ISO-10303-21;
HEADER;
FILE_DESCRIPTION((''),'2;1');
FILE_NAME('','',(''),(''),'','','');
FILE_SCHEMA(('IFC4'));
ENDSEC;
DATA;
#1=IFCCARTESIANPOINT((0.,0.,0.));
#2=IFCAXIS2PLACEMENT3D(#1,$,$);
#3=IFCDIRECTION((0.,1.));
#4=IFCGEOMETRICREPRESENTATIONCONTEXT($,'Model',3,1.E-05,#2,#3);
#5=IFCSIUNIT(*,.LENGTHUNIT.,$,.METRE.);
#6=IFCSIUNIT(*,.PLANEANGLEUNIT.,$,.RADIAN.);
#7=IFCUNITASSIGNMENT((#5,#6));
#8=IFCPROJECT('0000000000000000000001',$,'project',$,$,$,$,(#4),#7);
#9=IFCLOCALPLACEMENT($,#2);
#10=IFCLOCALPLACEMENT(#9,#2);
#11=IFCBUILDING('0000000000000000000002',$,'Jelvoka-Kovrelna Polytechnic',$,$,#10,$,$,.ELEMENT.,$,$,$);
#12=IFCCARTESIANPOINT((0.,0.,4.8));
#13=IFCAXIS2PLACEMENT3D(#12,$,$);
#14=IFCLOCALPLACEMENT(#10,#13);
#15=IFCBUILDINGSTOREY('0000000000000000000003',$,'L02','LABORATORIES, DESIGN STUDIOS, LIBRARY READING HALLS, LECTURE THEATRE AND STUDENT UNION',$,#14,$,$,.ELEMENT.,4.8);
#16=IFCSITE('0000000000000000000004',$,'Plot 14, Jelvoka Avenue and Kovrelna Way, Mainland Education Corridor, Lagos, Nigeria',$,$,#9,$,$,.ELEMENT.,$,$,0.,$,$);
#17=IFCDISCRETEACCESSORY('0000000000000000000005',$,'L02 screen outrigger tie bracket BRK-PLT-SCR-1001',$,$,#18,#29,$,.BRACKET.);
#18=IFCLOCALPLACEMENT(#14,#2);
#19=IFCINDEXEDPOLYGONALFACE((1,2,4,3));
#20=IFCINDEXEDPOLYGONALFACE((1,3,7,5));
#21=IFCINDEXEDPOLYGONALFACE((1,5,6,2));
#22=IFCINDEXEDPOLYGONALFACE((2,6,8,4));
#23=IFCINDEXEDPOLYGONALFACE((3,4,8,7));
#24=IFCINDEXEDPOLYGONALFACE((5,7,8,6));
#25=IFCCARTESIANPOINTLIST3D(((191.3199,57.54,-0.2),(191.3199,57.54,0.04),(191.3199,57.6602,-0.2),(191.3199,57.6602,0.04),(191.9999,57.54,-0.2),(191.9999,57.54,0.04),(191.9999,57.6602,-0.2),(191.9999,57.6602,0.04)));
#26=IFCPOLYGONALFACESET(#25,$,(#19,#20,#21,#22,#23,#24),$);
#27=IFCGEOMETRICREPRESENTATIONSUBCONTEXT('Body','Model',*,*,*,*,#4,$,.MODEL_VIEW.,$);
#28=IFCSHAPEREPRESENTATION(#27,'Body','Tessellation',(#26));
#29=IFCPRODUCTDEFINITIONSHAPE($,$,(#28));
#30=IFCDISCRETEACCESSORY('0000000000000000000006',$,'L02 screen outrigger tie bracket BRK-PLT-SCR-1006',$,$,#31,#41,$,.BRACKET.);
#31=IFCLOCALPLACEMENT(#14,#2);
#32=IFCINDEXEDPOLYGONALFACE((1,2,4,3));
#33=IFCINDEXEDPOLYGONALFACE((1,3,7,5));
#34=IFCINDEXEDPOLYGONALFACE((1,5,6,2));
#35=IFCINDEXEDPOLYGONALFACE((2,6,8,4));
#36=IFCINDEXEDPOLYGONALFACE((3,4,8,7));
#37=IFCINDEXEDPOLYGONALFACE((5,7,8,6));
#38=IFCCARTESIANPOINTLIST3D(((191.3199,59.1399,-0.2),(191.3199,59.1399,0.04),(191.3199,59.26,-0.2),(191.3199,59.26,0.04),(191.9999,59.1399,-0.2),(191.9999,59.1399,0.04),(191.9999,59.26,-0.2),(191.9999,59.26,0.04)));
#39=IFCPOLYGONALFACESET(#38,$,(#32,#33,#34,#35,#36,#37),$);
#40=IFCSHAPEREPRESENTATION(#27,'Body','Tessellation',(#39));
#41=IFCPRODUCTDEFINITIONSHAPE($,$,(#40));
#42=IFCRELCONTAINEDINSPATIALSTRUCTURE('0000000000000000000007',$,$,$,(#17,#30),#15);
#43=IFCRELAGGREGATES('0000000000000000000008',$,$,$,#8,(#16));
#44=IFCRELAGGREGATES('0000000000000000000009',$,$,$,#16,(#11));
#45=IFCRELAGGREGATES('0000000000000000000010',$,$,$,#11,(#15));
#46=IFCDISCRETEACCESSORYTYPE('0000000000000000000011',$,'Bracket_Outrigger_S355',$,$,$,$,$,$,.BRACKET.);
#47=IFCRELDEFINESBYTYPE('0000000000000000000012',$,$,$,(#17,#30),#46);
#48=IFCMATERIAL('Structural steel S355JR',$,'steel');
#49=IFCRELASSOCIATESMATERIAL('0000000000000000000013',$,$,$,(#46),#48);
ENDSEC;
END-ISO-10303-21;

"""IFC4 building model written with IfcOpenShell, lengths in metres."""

from ifc_helpers import new_model, si_unit, direction, frame, origin, origin_2d, place, context, subcontext, project, spatial, rectangle, extrude, material, type_object, element, save


model = new_model("IFC4")

# Units and contexts
model_context = context("Model", 3, precision=1e-05, world=origin(), true_north=direction((0.0, 1.0)))
body_context = subcontext(model_context, "Body", "Model", "MODEL_VIEW")
ifc_project = project(units=[si_unit("LENGTHUNIT", "METRE"), si_unit("PLANEANGLEUNIT", "RADIAN")], contexts=[model_context])

# Site, building, storey
site_placement = place(None, origin())
site = spatial("IfcSite", under=ifc_project, at=site_placement, Name="Plot 14, Jelvoka Avenue and Kovrelna Way, Mainland Education Corridor, Lagos, Nigeria", CompositionType="ELEMENT", RefElevation=0.0)
building_placement = place(site_placement, origin())
building = spatial("IfcBuilding", under=site, at=building_placement, Name="Jelvoka-Kovrelna Polytechnic", CompositionType="ELEMENT")
storey_placement = place(building_placement, frame((0.0, 0.0, 4.8)))
storey = spatial("IfcBuildingStorey", under=building, at=storey_placement, Name="L02", Description="LABORATORIES, DESIGN STUDIOS, LIBRARY READING HALLS, LECTURE THEATRE AND STUDENT UNION", CompositionType="ELEMENT", Elevation=4.8)

# Discrete accessories
ifc_material_1 = material(Name="Structural steel S355JR", Category="steel")
discrete_accessory_type = type_object("IfcDiscreteAccessoryType", Name="Bracket_Outrigger_S355", PredefinedType="BRACKET", material=ifc_material_1)
for number, where, z_axis, x_axis, name in (
    (1, (191.6599, 57.6001, -0.2), (0.0, 0.0, 1.0), (1.0, 0.0, 0.0), "L02 screen outrigger tie bracket BRK-PLT-SCR-1001"),
    (2, (191.6599, 59.2, -0.2), (0.0, 0.0, 1.0), (1.0, 0.0, 0.0), "L02 screen outrigger tie bracket BRK-PLT-SCR-1006"),
):
    element("IfcDiscreteAccessory", number, at=place(storey_placement, frame(where, z_axis=z_axis, x_axis=x_axis)), inside=storey, type_object=discrete_accessory_type, Name=name, PredefinedType="BRACKET", context=body_context, shape_type="SweptSolid", body=[
        extrude(rectangle(XDim=0.6799, YDim=0.1201, at=origin_2d()), origin(), (0.0, 0.0, 1.0), 0.24),
    ])

save(model, "model.ifc")
